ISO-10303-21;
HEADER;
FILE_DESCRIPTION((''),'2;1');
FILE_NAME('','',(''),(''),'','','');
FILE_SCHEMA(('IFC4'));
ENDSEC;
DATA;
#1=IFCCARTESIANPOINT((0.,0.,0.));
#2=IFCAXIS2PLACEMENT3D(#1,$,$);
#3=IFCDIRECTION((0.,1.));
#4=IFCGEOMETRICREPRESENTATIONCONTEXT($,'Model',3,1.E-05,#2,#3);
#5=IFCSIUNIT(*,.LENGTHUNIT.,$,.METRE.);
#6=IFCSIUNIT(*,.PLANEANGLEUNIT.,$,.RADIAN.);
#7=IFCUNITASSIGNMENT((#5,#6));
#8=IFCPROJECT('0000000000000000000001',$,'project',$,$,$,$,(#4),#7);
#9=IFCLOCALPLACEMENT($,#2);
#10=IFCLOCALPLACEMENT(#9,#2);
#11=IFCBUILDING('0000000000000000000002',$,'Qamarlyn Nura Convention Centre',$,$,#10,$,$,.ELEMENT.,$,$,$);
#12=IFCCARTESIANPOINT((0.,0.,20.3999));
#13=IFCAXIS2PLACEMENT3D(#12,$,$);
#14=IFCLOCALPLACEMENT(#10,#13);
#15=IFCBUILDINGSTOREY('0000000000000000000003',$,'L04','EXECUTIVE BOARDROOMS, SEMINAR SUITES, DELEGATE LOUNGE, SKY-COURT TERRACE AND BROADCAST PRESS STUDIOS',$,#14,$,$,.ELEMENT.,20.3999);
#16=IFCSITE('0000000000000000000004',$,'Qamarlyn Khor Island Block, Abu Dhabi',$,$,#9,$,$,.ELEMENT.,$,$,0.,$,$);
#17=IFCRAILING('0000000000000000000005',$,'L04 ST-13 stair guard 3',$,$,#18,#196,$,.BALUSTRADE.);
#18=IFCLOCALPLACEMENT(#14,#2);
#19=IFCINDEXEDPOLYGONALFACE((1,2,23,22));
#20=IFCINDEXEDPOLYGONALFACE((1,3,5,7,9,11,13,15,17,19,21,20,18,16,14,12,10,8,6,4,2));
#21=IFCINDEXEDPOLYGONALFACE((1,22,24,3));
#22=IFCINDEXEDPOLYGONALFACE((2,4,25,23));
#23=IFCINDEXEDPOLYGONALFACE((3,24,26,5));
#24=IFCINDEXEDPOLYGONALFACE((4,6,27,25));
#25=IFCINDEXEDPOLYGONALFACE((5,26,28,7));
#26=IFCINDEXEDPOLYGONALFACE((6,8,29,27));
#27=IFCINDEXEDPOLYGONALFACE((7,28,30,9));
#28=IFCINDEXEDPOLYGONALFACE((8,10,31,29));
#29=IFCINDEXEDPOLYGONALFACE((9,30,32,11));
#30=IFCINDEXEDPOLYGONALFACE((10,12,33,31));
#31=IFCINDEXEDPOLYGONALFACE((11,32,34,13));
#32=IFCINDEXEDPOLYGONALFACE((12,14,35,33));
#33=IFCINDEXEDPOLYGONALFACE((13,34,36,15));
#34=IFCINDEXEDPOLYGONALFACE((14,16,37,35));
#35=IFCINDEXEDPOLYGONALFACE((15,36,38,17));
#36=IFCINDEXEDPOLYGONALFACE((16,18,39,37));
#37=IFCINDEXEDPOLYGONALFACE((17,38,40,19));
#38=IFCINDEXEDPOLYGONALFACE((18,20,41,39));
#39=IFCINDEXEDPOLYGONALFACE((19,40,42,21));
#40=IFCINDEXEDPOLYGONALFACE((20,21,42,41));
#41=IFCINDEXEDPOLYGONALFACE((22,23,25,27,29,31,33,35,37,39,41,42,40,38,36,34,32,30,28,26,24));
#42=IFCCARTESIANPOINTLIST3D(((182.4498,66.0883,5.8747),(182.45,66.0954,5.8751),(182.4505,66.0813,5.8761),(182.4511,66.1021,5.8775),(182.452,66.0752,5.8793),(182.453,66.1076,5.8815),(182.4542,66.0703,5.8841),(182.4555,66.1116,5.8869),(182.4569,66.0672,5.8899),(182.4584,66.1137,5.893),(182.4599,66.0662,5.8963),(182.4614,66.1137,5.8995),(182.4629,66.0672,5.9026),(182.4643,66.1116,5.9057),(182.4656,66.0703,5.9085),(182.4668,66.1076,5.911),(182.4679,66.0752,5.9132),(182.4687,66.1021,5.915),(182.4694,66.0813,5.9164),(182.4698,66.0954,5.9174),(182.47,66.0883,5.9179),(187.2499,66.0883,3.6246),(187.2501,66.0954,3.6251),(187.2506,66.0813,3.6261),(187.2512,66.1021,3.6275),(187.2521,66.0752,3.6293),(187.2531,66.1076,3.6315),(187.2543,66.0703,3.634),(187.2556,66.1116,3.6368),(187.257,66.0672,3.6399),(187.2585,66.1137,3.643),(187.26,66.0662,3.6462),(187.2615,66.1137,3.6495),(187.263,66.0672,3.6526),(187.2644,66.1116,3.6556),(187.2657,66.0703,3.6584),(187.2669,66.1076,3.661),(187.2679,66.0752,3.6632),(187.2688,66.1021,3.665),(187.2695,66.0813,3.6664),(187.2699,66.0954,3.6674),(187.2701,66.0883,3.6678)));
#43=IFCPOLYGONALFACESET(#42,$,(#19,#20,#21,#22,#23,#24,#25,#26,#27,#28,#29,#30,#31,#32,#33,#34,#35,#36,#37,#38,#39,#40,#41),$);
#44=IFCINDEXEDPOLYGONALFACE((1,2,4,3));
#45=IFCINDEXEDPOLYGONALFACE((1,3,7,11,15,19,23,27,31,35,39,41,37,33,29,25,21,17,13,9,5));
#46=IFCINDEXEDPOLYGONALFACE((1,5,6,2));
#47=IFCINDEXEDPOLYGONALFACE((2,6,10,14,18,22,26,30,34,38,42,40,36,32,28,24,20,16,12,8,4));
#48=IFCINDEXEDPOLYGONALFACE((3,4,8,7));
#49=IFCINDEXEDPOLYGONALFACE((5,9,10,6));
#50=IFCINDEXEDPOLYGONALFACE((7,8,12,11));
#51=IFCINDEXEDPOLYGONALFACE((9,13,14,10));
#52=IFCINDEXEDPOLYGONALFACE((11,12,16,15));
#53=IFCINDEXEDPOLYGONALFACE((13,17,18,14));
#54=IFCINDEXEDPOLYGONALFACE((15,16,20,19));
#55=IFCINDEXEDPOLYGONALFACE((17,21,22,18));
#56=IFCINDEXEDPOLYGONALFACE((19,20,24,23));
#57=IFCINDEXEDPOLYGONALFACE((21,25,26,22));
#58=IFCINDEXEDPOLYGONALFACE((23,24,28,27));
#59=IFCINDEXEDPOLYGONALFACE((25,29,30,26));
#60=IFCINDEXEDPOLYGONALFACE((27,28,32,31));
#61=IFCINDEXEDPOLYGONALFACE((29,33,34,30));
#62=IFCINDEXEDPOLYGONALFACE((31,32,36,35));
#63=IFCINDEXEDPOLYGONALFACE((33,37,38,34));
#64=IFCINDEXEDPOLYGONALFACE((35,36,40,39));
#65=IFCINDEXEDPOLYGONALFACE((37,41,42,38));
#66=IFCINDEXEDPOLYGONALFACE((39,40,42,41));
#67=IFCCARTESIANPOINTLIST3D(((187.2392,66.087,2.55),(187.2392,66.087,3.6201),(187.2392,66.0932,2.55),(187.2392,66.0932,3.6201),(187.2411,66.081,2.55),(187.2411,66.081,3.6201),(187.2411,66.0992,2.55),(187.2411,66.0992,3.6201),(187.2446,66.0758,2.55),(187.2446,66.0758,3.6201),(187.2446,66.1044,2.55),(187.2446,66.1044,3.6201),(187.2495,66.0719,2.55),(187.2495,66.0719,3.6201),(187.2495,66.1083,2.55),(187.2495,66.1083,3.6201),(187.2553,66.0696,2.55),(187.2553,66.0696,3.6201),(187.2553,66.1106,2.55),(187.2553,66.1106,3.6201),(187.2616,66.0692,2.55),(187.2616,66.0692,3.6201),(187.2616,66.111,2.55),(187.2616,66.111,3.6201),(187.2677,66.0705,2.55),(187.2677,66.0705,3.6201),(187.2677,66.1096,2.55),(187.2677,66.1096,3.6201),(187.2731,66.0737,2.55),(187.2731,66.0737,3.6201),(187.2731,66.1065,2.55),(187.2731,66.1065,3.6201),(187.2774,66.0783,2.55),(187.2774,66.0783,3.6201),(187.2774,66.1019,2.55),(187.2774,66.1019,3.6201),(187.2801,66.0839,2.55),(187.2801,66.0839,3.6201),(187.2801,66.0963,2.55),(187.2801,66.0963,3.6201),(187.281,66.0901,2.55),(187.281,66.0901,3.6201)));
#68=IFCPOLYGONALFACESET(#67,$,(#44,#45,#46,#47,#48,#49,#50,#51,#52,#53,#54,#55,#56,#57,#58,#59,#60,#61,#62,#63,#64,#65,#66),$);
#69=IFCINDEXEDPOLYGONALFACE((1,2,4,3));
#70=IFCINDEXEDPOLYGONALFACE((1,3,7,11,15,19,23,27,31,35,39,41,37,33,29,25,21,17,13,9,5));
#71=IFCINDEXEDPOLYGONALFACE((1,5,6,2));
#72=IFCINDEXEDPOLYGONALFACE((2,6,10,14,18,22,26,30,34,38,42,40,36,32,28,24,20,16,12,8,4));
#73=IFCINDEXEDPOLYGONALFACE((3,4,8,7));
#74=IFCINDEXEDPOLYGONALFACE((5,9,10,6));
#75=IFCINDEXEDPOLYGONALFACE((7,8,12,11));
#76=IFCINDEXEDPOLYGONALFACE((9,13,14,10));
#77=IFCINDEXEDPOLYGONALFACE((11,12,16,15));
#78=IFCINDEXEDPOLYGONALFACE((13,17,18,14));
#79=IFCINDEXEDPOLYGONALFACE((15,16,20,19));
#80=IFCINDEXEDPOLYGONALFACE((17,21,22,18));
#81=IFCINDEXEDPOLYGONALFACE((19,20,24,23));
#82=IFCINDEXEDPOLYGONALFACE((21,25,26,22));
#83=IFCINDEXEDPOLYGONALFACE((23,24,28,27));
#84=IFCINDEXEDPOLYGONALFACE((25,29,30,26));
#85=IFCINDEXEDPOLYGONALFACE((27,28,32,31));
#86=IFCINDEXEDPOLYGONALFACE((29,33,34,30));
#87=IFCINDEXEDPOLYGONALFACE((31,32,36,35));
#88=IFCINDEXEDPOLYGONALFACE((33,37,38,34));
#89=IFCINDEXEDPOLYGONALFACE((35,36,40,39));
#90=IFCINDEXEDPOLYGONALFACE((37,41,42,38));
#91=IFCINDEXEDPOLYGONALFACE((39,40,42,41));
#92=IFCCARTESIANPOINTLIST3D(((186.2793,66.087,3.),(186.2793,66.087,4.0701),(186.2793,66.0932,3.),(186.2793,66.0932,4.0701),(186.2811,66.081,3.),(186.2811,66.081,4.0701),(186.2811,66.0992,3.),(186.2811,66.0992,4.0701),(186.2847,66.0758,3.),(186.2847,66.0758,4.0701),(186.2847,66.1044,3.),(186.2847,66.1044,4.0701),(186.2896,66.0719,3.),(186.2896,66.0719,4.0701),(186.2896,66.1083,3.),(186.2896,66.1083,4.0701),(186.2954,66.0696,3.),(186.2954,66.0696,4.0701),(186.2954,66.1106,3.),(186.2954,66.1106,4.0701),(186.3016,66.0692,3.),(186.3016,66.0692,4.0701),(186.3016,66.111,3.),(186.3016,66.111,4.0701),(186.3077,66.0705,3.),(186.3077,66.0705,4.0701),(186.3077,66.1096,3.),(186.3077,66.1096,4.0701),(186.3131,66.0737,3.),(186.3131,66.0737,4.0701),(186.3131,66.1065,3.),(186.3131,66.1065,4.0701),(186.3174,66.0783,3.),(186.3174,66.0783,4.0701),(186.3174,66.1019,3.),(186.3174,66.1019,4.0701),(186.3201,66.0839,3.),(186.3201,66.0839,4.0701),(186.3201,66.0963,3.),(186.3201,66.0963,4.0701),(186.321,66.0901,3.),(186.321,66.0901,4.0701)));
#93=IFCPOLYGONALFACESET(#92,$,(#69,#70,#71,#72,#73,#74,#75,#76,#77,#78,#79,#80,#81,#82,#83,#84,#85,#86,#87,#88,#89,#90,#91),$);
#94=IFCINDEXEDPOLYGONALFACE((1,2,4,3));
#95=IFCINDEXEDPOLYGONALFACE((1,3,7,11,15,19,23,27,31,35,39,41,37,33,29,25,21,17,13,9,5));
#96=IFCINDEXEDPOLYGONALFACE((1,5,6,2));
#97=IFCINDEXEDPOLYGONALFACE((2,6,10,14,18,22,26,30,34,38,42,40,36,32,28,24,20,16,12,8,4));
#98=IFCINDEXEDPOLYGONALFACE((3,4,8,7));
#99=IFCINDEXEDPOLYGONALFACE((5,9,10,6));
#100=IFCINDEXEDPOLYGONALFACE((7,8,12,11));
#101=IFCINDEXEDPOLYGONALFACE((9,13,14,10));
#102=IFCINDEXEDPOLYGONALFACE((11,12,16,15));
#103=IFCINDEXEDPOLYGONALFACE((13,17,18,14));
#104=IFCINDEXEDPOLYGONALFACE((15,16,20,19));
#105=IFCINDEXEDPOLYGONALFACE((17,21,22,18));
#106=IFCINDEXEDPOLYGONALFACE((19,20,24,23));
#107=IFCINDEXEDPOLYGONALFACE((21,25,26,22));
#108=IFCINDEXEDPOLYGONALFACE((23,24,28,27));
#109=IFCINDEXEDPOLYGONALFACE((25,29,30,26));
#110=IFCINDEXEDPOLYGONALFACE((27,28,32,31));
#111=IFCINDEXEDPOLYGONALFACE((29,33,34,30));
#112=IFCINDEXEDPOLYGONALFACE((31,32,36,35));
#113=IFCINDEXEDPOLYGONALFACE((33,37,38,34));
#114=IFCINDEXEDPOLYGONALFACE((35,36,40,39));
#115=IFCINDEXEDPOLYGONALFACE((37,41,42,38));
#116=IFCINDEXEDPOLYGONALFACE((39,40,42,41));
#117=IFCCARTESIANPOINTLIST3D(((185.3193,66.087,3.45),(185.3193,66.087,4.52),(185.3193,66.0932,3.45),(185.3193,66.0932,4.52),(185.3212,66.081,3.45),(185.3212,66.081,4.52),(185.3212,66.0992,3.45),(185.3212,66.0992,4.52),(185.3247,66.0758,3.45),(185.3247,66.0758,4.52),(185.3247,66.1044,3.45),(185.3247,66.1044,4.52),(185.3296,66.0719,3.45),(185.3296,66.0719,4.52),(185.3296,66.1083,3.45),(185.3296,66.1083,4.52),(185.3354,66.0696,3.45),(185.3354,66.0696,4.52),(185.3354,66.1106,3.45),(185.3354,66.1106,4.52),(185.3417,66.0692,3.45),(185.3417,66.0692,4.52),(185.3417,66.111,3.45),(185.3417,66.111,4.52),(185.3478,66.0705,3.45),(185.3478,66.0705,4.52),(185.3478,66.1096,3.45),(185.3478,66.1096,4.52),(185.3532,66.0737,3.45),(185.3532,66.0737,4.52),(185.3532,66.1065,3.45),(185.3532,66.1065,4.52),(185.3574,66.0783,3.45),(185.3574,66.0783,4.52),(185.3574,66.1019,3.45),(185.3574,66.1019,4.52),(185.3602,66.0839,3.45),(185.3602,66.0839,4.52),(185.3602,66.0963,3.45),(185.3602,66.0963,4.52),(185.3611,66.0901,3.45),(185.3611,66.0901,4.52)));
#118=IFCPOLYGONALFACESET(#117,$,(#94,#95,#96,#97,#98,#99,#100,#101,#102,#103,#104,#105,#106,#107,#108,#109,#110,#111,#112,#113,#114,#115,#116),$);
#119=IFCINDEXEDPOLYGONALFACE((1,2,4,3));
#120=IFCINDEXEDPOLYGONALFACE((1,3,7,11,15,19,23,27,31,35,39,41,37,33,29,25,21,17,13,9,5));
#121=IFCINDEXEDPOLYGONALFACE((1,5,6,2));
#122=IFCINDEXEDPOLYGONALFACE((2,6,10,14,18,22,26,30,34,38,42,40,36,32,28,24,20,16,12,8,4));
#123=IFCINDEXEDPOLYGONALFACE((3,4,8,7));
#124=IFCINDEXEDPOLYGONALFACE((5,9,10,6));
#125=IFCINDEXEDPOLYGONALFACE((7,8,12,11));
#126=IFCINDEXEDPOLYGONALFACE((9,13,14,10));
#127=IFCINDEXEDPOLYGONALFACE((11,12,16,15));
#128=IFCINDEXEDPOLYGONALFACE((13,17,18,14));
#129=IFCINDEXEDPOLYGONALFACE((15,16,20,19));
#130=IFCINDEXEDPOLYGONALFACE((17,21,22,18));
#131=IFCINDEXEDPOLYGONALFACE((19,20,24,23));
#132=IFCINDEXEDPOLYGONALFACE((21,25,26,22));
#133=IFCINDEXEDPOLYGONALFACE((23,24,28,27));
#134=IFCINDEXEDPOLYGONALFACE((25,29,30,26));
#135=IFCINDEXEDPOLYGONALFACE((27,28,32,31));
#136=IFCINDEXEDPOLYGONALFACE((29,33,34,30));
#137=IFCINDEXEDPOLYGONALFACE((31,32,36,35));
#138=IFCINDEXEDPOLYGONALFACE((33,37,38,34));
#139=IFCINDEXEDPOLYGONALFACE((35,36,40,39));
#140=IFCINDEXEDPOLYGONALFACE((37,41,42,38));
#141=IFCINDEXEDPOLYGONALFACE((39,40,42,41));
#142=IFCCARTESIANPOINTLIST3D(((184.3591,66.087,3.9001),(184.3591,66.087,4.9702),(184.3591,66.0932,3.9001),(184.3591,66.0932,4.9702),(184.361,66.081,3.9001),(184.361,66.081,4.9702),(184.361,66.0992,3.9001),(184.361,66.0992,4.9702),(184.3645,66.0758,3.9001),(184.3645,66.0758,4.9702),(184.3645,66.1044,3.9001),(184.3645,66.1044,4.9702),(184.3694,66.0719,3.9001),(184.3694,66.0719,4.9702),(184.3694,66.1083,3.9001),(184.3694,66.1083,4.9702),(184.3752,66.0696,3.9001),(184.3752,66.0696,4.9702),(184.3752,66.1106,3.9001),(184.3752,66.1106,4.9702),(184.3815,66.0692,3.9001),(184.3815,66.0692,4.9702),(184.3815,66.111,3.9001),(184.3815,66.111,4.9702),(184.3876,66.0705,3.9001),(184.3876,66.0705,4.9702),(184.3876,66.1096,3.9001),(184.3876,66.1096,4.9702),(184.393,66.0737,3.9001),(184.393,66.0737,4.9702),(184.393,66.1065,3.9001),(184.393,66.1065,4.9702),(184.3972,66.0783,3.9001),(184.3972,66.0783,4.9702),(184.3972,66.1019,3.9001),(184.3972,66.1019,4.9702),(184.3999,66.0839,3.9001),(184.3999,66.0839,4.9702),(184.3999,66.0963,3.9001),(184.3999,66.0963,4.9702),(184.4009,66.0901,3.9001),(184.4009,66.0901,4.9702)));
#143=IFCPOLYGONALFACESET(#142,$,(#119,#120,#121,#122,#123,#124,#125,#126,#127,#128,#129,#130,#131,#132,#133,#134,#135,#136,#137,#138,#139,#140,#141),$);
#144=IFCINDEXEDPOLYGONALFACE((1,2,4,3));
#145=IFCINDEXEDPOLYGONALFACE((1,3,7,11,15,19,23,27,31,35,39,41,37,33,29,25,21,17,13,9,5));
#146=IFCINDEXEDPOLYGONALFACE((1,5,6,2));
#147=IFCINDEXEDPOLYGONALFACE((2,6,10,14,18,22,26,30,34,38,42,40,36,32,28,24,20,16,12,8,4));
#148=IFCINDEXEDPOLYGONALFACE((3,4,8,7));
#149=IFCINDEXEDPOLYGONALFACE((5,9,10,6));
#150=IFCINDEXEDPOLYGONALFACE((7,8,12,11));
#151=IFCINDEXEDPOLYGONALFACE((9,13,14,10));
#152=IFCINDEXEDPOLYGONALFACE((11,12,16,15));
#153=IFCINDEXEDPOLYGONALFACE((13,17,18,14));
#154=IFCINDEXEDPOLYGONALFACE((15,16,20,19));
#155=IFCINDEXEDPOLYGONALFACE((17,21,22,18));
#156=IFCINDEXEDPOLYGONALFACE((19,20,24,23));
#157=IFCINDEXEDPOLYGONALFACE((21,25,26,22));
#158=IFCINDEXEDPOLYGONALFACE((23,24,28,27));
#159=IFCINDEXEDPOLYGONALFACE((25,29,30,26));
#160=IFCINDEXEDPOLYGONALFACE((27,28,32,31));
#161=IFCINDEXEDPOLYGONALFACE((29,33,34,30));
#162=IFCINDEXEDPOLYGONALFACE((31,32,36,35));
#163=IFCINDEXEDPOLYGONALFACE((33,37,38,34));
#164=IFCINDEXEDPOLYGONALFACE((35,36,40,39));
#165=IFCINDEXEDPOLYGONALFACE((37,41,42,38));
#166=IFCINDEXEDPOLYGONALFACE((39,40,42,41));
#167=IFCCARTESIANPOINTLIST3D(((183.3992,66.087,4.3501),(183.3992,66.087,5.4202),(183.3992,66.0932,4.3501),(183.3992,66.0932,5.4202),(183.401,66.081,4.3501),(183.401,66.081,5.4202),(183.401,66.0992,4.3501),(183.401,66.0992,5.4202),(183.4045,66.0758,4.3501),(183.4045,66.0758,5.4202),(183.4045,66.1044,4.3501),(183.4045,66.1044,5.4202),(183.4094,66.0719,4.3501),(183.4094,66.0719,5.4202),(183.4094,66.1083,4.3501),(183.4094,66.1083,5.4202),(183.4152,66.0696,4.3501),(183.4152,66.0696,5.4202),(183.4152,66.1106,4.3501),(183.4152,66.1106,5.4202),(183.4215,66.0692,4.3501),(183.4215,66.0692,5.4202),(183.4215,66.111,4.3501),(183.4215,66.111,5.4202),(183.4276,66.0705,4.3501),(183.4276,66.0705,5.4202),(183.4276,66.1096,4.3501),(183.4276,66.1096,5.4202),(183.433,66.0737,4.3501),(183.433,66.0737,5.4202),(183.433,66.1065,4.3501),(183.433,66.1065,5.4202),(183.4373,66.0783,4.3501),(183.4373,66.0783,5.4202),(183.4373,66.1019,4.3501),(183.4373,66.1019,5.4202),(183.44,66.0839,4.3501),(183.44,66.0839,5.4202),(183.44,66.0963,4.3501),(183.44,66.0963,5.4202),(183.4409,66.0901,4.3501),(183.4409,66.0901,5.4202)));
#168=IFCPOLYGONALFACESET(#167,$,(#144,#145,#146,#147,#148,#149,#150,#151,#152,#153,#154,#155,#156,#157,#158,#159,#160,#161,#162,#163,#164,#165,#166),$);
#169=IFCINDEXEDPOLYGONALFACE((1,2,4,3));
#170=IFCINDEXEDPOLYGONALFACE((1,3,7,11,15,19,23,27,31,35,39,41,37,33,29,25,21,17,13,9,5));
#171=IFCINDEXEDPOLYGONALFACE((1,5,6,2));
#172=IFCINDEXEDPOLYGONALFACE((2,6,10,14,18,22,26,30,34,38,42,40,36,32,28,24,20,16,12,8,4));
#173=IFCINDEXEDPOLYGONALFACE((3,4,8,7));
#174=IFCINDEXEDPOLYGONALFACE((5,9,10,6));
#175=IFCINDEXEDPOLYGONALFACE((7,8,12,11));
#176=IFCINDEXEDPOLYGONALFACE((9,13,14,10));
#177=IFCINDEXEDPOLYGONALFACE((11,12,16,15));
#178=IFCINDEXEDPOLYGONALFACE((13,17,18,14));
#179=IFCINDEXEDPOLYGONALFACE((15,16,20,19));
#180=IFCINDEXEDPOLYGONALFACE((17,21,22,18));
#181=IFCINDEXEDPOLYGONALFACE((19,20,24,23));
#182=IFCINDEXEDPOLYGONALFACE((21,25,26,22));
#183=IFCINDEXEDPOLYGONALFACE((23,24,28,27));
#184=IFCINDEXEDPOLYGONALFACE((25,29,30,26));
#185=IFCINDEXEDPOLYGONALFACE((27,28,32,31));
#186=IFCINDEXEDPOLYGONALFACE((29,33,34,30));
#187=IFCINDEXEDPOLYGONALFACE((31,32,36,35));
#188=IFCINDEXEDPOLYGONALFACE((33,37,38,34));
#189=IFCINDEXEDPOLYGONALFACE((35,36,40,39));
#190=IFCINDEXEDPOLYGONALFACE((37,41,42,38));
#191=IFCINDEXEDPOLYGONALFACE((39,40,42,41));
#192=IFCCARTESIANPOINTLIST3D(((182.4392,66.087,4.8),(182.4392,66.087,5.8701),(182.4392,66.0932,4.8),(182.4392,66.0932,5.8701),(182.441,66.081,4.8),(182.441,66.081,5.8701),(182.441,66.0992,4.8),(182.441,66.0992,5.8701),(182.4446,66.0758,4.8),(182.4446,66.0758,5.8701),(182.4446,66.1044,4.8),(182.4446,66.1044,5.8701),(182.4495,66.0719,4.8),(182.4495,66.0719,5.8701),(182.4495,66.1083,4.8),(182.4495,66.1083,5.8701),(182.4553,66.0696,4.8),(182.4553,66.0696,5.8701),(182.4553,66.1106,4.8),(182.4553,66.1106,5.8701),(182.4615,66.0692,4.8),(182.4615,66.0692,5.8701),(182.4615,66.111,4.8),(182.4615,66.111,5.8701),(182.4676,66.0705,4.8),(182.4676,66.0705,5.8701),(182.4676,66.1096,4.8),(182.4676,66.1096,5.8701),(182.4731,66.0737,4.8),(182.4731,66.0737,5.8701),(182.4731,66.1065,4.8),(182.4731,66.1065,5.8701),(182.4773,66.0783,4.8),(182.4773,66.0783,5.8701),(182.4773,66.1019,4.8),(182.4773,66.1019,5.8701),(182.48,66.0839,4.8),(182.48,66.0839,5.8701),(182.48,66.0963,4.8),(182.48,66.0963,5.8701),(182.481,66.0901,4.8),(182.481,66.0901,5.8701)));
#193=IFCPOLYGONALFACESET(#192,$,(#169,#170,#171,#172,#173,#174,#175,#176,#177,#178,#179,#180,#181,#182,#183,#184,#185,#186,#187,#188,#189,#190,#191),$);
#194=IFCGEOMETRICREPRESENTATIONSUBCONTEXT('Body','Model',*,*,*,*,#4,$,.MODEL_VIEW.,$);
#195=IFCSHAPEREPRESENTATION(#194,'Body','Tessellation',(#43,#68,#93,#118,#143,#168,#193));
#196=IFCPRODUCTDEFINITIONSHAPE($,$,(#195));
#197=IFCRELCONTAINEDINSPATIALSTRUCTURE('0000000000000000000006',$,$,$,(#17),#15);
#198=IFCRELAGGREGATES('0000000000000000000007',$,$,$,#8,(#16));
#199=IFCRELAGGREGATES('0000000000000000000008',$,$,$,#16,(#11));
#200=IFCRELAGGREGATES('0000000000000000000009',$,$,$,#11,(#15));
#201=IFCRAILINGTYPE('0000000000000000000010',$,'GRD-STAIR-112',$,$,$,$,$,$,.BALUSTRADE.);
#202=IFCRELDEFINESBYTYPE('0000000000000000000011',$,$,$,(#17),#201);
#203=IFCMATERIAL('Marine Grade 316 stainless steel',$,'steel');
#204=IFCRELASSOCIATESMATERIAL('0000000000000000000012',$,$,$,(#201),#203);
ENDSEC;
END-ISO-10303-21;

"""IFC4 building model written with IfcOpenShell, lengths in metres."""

from ifc_helpers import new_model, si_unit, direction, frame, origin, origin_2d, place, context, subcontext, project, spatial, circle, extrude, material, type_object, element, save


model = new_model("IFC4")

# Units and contexts
model_context = context("Model", 3, precision=1e-05, world=origin(), true_north=direction((0.0, 1.0)))
body_context = subcontext(model_context, "Body", "Model", "MODEL_VIEW")
ifc_project = project(units=[si_unit("LENGTHUNIT", "METRE"), si_unit("PLANEANGLEUNIT", "RADIAN")], contexts=[model_context])

# Site, building, storey
site_placement = place(None, origin())
site = spatial("IfcSite", under=ifc_project, at=site_placement, Name="Qamarlyn Khor Island Block, Abu Dhabi", CompositionType="ELEMENT", RefElevation=0.0)
building_placement = place(site_placement, origin())
building = spatial("IfcBuilding", under=site, at=building_placement, Name="Qamarlyn Nura Convention Centre", CompositionType="ELEMENT")
storey_placement = place(building_placement, frame((0.0, 0.0, 20.3999)))
storey = spatial("IfcBuildingStorey", under=building, at=storey_placement, Name="L04", Description="EXECUTIVE BOARDROOMS, SEMINAR SUITES, DELEGATE LOUNGE, SKY-COURT TERRACE AND BROADCAST PRESS STUDIOS", CompositionType="ELEMENT", Elevation=20.3999)

# Railing
ifc_material_1 = material(Name="Marine Grade 316 stainless steel", Category="steel")
railing_type_1 = type_object("IfcRailingType", Name="GRD-STAIR-112", PredefinedType="BALUSTRADE", material=ifc_material_1)
railing_1_placement = place(storey_placement, frame((187.26, 66.0901, 2.55)))
element("IfcRailing", 1, at=railing_1_placement, inside=storey, type_object=railing_type_1, Name="L04 ST-13 stair guard 3", PredefinedType="BALUSTRADE", context=body_context, shape_type="SweptSolid", body=[
    extrude(circle(Radius=0.0239, at=origin_2d()), frame((0.0, 0.0, 1.0962), z_axis=(-0.905461, 0.0, 0.42443), x_axis=(0.0, -1.0, 0.0)), (0.0, 0.0, 1.0), 5.3013),
    extrude(circle(Radius=0.021, at=origin_2d()), origin(), (0.0, 0.0, 1.0), 1.0701),
    extrude(circle(Radius=0.021, at=origin_2d()), frame((-0.96, 0.0, 0.45)), (0.0, 0.0, 1.0), 1.0701),
    extrude(circle(Radius=0.021, at=origin_2d()), frame((-1.9199, 0.0, 0.8999)), (0.0, 0.0, 1.0), 1.0701),
    extrude(circle(Radius=0.021, at=origin_2d()), frame((-2.8801, 0.0, 1.3501)), (0.0, 0.0, 1.0), 1.0701),
    extrude(circle(Radius=0.021, at=origin_2d()), frame((-3.8401, 0.0, 1.8)), (0.0, 0.0, 1.0), 1.0701),
    extrude(circle(Radius=0.021, at=origin_2d()), frame((-4.8, 0.0, 2.25)), (0.0, 0.0, 1.0), 1.0701),
])

save(model, "model.ifc")
